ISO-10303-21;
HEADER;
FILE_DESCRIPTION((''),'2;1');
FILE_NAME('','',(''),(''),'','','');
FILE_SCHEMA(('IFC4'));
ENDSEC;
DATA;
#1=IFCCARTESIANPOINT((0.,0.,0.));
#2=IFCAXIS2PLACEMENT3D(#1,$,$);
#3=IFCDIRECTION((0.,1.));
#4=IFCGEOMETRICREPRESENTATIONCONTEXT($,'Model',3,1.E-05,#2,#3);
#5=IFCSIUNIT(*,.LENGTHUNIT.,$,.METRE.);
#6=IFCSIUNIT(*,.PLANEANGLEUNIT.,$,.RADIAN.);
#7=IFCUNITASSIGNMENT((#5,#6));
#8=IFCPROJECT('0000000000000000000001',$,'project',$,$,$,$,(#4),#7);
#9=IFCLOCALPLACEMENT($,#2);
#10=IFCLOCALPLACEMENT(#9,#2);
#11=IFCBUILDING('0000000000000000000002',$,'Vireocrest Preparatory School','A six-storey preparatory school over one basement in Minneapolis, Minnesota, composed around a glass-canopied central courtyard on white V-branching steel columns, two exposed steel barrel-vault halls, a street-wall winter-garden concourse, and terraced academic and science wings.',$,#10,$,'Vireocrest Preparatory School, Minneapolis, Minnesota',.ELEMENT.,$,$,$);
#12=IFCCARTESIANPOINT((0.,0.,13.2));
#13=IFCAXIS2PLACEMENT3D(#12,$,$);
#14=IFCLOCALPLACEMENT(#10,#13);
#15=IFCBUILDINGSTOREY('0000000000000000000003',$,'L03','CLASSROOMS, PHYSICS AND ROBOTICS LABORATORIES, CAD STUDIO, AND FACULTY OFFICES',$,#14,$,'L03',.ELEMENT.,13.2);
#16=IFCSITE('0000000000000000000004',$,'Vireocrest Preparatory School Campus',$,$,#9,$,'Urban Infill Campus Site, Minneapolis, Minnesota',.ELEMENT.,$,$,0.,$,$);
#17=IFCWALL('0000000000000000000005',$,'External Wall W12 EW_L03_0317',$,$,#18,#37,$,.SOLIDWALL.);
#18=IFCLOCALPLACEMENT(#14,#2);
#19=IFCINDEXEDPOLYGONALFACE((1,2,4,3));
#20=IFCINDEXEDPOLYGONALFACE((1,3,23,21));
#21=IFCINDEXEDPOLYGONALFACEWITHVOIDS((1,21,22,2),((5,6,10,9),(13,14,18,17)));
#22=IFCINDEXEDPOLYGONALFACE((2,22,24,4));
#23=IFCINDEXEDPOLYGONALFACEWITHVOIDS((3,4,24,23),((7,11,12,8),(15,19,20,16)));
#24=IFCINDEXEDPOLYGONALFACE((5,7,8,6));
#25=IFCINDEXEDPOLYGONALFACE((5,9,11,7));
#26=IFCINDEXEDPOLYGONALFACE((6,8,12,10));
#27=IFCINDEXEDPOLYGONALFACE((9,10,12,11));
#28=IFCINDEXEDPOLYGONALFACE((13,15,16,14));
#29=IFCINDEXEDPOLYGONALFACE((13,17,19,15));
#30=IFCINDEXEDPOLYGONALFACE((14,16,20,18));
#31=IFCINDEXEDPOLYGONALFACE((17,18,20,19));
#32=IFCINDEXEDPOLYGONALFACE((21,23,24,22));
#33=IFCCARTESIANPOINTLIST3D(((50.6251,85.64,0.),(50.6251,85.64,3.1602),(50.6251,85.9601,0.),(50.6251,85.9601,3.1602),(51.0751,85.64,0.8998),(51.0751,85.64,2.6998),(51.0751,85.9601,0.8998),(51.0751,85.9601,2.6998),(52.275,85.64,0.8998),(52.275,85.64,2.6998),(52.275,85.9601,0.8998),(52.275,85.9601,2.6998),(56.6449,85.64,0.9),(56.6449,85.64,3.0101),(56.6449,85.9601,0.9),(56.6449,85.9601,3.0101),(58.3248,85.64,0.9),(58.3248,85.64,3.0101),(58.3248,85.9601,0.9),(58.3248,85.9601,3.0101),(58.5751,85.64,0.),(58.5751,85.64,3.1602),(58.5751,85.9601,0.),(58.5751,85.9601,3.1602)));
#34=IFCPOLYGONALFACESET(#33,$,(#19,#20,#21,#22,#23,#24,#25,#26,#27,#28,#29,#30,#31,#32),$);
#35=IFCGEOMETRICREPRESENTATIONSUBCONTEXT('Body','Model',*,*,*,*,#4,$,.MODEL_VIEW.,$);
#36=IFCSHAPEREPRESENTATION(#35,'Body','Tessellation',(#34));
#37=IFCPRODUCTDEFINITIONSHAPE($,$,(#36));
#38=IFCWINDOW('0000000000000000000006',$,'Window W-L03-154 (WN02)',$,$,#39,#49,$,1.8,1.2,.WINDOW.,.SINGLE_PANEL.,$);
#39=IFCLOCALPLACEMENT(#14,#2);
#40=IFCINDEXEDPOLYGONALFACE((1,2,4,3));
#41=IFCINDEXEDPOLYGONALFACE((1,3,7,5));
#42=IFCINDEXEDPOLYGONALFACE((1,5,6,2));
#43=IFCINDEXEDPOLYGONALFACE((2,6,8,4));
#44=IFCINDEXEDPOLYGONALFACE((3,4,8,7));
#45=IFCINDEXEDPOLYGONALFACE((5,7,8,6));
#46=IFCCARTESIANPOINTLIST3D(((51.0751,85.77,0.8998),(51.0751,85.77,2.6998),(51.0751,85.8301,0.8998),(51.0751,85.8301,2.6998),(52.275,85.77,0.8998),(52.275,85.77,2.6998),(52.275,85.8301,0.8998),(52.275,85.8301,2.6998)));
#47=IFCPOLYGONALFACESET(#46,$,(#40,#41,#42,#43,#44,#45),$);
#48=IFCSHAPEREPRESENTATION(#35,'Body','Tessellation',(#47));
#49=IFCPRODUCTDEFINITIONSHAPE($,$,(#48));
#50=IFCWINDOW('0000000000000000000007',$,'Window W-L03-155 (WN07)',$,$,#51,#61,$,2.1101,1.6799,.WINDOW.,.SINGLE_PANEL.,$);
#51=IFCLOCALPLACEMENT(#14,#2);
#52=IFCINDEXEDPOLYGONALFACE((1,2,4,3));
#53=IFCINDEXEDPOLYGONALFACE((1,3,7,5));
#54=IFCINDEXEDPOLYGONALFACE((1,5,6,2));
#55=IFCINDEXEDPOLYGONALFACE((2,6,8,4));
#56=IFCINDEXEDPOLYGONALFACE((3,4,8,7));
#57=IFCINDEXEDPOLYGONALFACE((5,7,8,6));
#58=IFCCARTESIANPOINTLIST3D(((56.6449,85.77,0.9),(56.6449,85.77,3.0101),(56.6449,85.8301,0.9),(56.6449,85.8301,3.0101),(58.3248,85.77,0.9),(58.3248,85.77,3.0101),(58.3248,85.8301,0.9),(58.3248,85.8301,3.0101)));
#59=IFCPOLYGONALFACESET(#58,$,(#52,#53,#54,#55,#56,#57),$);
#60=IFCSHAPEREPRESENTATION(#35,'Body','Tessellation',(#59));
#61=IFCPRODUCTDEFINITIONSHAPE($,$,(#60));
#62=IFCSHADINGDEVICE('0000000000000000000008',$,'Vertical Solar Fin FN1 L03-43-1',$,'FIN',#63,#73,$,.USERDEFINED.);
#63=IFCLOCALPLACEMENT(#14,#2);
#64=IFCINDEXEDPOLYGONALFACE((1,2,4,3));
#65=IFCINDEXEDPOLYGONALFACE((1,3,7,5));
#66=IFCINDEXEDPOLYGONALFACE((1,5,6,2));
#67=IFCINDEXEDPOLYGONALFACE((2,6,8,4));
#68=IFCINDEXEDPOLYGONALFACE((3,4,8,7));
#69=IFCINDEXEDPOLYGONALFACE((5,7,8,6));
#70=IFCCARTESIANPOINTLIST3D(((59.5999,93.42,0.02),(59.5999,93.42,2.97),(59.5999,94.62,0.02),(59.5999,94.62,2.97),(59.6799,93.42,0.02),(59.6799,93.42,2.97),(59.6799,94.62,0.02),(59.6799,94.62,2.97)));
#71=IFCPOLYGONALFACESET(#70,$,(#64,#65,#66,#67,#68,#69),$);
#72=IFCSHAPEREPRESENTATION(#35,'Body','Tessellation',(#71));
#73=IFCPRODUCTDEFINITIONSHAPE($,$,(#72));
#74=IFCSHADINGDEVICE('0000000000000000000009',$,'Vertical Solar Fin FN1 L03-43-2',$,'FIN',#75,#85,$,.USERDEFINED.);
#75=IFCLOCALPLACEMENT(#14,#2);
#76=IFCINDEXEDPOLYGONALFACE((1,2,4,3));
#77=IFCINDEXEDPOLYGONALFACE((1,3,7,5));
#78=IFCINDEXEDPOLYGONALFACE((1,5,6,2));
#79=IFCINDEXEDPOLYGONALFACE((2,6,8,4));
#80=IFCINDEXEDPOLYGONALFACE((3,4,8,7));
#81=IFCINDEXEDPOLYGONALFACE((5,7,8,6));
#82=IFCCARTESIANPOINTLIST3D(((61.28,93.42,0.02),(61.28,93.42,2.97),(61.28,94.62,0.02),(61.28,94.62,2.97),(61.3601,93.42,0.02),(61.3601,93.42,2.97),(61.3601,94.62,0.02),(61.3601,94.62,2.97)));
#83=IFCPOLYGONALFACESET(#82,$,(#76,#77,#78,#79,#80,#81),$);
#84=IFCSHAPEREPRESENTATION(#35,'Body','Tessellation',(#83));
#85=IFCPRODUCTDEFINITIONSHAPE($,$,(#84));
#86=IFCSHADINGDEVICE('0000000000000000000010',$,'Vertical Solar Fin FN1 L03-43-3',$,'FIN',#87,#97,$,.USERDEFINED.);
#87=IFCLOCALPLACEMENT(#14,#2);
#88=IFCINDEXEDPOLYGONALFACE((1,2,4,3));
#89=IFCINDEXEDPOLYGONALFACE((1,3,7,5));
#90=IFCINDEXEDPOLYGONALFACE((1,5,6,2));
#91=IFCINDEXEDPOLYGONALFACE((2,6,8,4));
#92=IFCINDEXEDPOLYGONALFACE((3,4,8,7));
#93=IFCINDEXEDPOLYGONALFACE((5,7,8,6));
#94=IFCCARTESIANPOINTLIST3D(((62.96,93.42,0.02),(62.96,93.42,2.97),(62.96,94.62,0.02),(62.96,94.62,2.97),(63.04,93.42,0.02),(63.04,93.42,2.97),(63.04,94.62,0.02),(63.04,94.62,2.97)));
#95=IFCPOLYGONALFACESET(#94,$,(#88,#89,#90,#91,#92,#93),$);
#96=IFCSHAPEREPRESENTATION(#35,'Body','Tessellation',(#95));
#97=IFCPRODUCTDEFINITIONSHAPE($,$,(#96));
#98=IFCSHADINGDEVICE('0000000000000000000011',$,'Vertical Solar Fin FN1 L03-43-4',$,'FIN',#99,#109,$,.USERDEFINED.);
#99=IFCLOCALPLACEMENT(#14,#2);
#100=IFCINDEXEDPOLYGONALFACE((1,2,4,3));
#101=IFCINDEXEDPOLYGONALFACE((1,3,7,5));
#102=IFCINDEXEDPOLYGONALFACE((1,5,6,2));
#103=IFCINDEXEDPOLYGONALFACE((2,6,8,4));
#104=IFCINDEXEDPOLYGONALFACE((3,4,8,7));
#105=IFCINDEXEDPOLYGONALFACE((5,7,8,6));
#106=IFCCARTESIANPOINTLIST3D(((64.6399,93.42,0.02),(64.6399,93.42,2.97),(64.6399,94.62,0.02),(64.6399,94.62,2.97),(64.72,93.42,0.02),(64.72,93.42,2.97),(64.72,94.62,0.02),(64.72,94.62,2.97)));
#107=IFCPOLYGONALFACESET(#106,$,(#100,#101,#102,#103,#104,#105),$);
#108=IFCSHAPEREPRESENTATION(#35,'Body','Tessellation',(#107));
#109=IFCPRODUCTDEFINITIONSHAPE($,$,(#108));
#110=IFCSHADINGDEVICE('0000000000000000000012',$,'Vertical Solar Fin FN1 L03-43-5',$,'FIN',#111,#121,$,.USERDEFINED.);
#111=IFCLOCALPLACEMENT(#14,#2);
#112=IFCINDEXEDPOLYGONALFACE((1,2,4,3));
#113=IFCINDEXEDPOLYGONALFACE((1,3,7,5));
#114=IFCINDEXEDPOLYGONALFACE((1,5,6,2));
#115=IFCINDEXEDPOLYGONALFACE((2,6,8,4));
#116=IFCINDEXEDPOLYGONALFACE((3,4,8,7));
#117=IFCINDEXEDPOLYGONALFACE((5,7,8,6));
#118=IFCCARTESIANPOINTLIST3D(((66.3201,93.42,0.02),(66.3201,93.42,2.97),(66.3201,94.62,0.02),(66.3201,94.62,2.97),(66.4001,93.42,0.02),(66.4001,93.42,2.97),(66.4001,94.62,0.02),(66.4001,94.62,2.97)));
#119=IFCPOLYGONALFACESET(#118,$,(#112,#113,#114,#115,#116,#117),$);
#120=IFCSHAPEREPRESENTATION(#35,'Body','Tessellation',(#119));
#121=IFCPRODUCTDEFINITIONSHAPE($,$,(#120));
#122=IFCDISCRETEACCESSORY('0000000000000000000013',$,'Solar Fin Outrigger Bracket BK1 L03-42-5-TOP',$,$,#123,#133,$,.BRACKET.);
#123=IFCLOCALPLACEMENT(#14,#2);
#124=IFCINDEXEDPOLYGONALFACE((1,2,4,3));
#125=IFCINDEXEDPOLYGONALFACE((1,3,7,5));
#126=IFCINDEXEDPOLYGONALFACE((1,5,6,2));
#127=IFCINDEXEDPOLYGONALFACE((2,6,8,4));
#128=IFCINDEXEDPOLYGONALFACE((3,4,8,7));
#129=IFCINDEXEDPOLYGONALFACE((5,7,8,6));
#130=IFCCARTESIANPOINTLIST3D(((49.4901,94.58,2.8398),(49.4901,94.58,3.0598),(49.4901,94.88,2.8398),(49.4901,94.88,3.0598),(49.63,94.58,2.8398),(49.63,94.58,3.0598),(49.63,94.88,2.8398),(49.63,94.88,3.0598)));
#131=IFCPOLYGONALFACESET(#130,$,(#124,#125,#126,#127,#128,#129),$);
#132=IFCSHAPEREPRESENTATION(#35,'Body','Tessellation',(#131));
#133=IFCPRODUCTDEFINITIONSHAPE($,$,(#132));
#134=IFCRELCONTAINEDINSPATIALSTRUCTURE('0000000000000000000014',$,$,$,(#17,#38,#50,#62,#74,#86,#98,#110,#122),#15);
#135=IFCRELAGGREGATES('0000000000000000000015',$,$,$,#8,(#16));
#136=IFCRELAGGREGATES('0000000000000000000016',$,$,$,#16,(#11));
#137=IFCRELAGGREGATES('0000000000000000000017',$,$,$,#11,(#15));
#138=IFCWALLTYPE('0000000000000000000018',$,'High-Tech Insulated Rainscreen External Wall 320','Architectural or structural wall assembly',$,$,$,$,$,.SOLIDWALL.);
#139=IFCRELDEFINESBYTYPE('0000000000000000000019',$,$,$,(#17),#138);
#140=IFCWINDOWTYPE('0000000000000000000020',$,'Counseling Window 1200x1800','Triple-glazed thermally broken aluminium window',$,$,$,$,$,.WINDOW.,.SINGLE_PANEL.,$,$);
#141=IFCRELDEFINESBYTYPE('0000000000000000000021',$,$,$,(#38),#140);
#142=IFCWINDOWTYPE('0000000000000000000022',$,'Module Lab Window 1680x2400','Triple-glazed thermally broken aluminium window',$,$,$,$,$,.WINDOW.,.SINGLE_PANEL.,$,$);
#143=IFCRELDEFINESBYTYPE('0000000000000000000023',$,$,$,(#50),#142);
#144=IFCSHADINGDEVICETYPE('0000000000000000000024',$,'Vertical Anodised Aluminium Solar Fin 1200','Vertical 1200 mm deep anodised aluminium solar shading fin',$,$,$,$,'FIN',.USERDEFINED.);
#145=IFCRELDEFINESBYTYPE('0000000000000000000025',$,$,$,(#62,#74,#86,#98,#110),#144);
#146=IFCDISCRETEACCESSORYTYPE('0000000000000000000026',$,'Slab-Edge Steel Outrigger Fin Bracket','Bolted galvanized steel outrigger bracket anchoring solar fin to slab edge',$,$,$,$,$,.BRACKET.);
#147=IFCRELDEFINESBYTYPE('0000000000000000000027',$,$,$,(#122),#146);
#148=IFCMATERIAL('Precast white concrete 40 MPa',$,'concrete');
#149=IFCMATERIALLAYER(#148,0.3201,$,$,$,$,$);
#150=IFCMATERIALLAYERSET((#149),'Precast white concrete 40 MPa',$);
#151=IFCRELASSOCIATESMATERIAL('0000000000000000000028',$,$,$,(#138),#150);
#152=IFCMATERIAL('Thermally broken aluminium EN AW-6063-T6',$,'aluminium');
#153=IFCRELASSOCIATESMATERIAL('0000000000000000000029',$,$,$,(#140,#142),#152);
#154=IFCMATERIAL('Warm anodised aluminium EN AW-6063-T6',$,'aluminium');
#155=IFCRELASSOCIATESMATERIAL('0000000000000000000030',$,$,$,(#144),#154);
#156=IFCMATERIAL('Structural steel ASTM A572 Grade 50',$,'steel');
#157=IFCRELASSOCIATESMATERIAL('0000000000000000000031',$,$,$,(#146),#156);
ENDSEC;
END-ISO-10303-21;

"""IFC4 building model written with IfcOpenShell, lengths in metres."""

from ifc_helpers import new_model, si_unit, direction, frame, frame_2d, origin, origin_2d, place, context, subcontext, project, spatial, rectangle, extrude, material, layer, layer_set, material_profile, profile_set, type_object, element, fill, save


model = new_model("IFC4")

# Units and contexts
model_context = context("Model", 3, precision=1e-05, world=origin(), true_north=direction((0.0, 1.0)))
body_context = subcontext(model_context, "Body", "Model", "MODEL_VIEW")
ifc_project = project(units=[si_unit("LENGTHUNIT", "METRE"), si_unit("PLANEANGLEUNIT", "RADIAN")], contexts=[model_context])

# Site, building, storey
site_placement = place(None, origin())
site = spatial("IfcSite", under=ifc_project, at=site_placement, Name="Vireocrest Preparatory School Campus", LongName="Urban Infill Campus Site, Minneapolis, Minnesota", CompositionType="ELEMENT", RefElevation=0.0)
building_placement = place(site_placement, origin())
building = spatial("IfcBuilding", under=site, at=building_placement, Name="Vireocrest Preparatory School", Description="A six-storey preparatory school over one basement in Minneapolis, Minnesota, composed around a glass-canopied central courtyard on white V-branching steel columns, two exposed steel barrel-vault halls, a street-wall winter-garden concourse, and terraced academic and science wings.", LongName="Vireocrest Preparatory School, Minneapolis, Minnesota", CompositionType="ELEMENT")
storey_placement = place(building_placement, frame((0.0, 0.0, 13.2)))
storey = spatial("IfcBuildingStorey", under=building, at=storey_placement, Name="L03", Description="CLASSROOMS, PHYSICS AND ROBOTICS LABORATORIES, CAD STUDIO, AND FACULTY OFFICES", LongName="L03", CompositionType="ELEMENT", Elevation=13.2)

# Shared definitions
ifc_material_1 = material(Name="Thermally broken aluminium EN AW-6063-T6", Category="aluminium")

# Wall, openings, windows
ifc_material_2 = material(Name="Precast white concrete 40 MPa", Category="concrete")
ifc_layer_1 = layer(ifc_material_2, 0.3201)
ifc_layer_set_1 = layer_set([ifc_layer_1], Name="Precast white concrete 40 MPa")
wall_type = type_object("IfcWallType", Name="High-Tech Insulated Rainscreen External Wall 320", Description="Architectural or structural wall assembly", PredefinedType="SOLIDWALL", material=ifc_layer_set_1)
wall_placement = place(storey_placement, frame((50.625, 85.8, 0.0), z_axis=(0.0, 0.0, 1.0), x_axis=(1.0, 0.0, 0.0)))
wall = element("IfcWall", 1, at=wall_placement, inside=storey, type_object=wall_type, Name="External Wall W12 EW_L03_0317", PredefinedType="SOLIDWALL", context=body_context, shape_type="SweptSolid", body=[
    extrude(rectangle(XDim=7.95, YDim=0.3201, at=frame_2d((3.9751, 0.0))), origin(), (0.0, 0.0, 1.0), 3.1602),
])
opening_1_placement = place(wall_placement, frame((0.45, 0.0, 0.8999)))
opening_1 = element("IfcOpeningElement", 2, at=opening_1_placement, cuts=wall, PredefinedType="OPENING", context=body_context, shape_type="SweptSolid", body=[
    extrude(rectangle(XDim=1.2, YDim=1.8, at=frame_2d((0.6001, 0.8999))), frame((0.0, 0.1699, 0.0), z_axis=(0.0, -1.0, 0.0), x_axis=(1.0, 0.0, 0.0)), (0.0, 0.0, 1.0), 0.3401),
])
opening_2_placement = place(wall_placement, frame((6.02, 0.0, 0.8999)))
opening_2 = element("IfcOpeningElement", 3, at=opening_2_placement, cuts=wall, PredefinedType="OPENING", context=body_context, shape_type="SweptSolid", body=[
    extrude(rectangle(XDim=1.6799, YDim=2.1101, at=frame_2d((0.8398, 1.0552))), frame((0.0, 0.1699, 0.0), z_axis=(0.0, -1.0, 0.0), x_axis=(1.0, 0.0, 0.0)), (0.0, 0.0, 1.0), 0.3401),
])
window_type_1 = type_object("IfcWindowType", Name="Counseling Window 1200x1800", Description="Triple-glazed thermally broken aluminium window", PartitioningType="SINGLE_PANEL", PredefinedType="WINDOW", material=ifc_material_1)
window_1_placement = place(opening_1_placement, origin())
window_1 = element("IfcWindow", 4, at=window_1_placement, inside=storey, type_object=window_type_1, Name="Window W-L03-154 (WN02)", OverallHeight=1.8, OverallWidth=1.2, PartitioningType="SINGLE_PANEL", PredefinedType="WINDOW", context=body_context, shape_type="SweptSolid", body=[
    extrude(rectangle(XDim=1.2, YDim=1.8, at=frame_2d((0.6001, 0.8999))), frame((0.0, 0.03, 0.0), z_axis=(0.0, -1.0, 0.0), x_axis=(1.0, 0.0, 0.0)), (0.0, 0.0, 1.0), 0.0601),
])
fill(opening_1, window_1)
window_type_2 = type_object("IfcWindowType", Name="Module Lab Window 1680x2400", Description="Triple-glazed thermally broken aluminium window", PartitioningType="SINGLE_PANEL", PredefinedType="WINDOW", material=ifc_material_1)
window_2_placement = place(opening_2_placement, origin())
window_2 = element("IfcWindow", 5, at=window_2_placement, inside=storey, type_object=window_type_2, Name="Window W-L03-155 (WN07)", OverallHeight=2.1101, OverallWidth=1.6799, PartitioningType="SINGLE_PANEL", PredefinedType="WINDOW", context=body_context, shape_type="SweptSolid", body=[
    extrude(rectangle(XDim=1.6799, YDim=2.1101, at=frame_2d((0.8398, 1.0552))), frame((0.0, 0.03, 0.0), z_axis=(0.0, -1.0, 0.0), x_axis=(1.0, 0.0, 0.0)), (0.0, 0.0, 1.0), 0.0601),
])
fill(opening_2, window_2)

# Shading devices
ifc_material_3 = material(Name="Warm anodised aluminium EN AW-6063-T6", Category="aluminium")
ifc_material_profile_1 = material_profile(ifc_material_3, rectangle(XDim=0.0801, YDim=1.2, at=origin_2d()), Name="FIN 80x1200")
ifc_profile_set_1 = profile_set([ifc_material_profile_1], Name="Warm anodised aluminium EN AW-6063-T6")
shading_device_type = type_object("IfcShadingDeviceType", Name="Vertical Anodised Aluminium Solar Fin 1200", Description="Vertical 1200 mm deep anodised aluminium solar shading fin", ElementType="FIN", PredefinedType="USERDEFINED", material=ifc_profile_set_1)
for number, where, z_axis, x_axis, name in (
    (6, (59.6399, 94.02, 0.02), (0.0, 0.0, 1.0), (-1.0, 0.0, 0.0), "Vertical Solar Fin FN1 L03-43-1"),
    (7, (61.3201, 94.02, 0.02), (0.0, 0.0, 1.0), (-1.0, 0.0, 0.0), "Vertical Solar Fin FN1 L03-43-2"),
    (8, (63.0, 94.02, 0.02), (0.0, 0.0, 1.0), (-1.0, 0.0, 0.0), "Vertical Solar Fin FN1 L03-43-3"),
    (9, (64.6799, 94.02, 0.02), (0.0, 0.0, 1.0), (-1.0, 0.0, 0.0), "Vertical Solar Fin FN1 L03-43-4"),
    (10, (66.3601, 94.02, 0.02), (0.0, 0.0, 1.0), (-1.0, 0.0, 0.0), "Vertical Solar Fin FN1 L03-43-5"),
):
    element("IfcShadingDevice", number, at=place(storey_placement, frame(where, z_axis=z_axis, x_axis=x_axis)), inside=storey, type_object=shading_device_type, Name=name, ObjectType="FIN", PredefinedType="USERDEFINED", context=body_context, shape_type="SweptSolid", body=[
        extrude(rectangle(XDim=0.0801, YDim=1.2, at=origin_2d()), origin(), (0.0, 0.0, 1.0), 2.95),
    ])

# Discrete accessory
ifc_material_4 = material(Name="Structural steel ASTM A572 Grade 50", Category="steel")
discrete_accessory_type = type_object("IfcDiscreteAccessoryType", Name="Slab-Edge Steel Outrigger Fin Bracket", Description="Bolted galvanized steel outrigger bracket anchoring solar fin to slab edge", PredefinedType="BRACKET", material=ifc_material_4)
discrete_accessory_placement = place(storey_placement, frame((49.5601, 94.73, 2.8398), z_axis=(0.0, 0.0, 1.0), x_axis=(-1.0, 0.0, 0.0)))
element("IfcDiscreteAccessory", 11, at=discrete_accessory_placement, inside=storey, type_object=discrete_accessory_type, Name="Solar Fin Outrigger Bracket BK1 L03-42-5-TOP", PredefinedType="BRACKET", context=body_context, shape_type="SweptSolid", body=[
    extrude(rectangle(XDim=0.1399, YDim=0.3, at=origin_2d()), origin(), (0.0, 0.0, 1.0), 0.22),
])

save(model, "model.ifc")
